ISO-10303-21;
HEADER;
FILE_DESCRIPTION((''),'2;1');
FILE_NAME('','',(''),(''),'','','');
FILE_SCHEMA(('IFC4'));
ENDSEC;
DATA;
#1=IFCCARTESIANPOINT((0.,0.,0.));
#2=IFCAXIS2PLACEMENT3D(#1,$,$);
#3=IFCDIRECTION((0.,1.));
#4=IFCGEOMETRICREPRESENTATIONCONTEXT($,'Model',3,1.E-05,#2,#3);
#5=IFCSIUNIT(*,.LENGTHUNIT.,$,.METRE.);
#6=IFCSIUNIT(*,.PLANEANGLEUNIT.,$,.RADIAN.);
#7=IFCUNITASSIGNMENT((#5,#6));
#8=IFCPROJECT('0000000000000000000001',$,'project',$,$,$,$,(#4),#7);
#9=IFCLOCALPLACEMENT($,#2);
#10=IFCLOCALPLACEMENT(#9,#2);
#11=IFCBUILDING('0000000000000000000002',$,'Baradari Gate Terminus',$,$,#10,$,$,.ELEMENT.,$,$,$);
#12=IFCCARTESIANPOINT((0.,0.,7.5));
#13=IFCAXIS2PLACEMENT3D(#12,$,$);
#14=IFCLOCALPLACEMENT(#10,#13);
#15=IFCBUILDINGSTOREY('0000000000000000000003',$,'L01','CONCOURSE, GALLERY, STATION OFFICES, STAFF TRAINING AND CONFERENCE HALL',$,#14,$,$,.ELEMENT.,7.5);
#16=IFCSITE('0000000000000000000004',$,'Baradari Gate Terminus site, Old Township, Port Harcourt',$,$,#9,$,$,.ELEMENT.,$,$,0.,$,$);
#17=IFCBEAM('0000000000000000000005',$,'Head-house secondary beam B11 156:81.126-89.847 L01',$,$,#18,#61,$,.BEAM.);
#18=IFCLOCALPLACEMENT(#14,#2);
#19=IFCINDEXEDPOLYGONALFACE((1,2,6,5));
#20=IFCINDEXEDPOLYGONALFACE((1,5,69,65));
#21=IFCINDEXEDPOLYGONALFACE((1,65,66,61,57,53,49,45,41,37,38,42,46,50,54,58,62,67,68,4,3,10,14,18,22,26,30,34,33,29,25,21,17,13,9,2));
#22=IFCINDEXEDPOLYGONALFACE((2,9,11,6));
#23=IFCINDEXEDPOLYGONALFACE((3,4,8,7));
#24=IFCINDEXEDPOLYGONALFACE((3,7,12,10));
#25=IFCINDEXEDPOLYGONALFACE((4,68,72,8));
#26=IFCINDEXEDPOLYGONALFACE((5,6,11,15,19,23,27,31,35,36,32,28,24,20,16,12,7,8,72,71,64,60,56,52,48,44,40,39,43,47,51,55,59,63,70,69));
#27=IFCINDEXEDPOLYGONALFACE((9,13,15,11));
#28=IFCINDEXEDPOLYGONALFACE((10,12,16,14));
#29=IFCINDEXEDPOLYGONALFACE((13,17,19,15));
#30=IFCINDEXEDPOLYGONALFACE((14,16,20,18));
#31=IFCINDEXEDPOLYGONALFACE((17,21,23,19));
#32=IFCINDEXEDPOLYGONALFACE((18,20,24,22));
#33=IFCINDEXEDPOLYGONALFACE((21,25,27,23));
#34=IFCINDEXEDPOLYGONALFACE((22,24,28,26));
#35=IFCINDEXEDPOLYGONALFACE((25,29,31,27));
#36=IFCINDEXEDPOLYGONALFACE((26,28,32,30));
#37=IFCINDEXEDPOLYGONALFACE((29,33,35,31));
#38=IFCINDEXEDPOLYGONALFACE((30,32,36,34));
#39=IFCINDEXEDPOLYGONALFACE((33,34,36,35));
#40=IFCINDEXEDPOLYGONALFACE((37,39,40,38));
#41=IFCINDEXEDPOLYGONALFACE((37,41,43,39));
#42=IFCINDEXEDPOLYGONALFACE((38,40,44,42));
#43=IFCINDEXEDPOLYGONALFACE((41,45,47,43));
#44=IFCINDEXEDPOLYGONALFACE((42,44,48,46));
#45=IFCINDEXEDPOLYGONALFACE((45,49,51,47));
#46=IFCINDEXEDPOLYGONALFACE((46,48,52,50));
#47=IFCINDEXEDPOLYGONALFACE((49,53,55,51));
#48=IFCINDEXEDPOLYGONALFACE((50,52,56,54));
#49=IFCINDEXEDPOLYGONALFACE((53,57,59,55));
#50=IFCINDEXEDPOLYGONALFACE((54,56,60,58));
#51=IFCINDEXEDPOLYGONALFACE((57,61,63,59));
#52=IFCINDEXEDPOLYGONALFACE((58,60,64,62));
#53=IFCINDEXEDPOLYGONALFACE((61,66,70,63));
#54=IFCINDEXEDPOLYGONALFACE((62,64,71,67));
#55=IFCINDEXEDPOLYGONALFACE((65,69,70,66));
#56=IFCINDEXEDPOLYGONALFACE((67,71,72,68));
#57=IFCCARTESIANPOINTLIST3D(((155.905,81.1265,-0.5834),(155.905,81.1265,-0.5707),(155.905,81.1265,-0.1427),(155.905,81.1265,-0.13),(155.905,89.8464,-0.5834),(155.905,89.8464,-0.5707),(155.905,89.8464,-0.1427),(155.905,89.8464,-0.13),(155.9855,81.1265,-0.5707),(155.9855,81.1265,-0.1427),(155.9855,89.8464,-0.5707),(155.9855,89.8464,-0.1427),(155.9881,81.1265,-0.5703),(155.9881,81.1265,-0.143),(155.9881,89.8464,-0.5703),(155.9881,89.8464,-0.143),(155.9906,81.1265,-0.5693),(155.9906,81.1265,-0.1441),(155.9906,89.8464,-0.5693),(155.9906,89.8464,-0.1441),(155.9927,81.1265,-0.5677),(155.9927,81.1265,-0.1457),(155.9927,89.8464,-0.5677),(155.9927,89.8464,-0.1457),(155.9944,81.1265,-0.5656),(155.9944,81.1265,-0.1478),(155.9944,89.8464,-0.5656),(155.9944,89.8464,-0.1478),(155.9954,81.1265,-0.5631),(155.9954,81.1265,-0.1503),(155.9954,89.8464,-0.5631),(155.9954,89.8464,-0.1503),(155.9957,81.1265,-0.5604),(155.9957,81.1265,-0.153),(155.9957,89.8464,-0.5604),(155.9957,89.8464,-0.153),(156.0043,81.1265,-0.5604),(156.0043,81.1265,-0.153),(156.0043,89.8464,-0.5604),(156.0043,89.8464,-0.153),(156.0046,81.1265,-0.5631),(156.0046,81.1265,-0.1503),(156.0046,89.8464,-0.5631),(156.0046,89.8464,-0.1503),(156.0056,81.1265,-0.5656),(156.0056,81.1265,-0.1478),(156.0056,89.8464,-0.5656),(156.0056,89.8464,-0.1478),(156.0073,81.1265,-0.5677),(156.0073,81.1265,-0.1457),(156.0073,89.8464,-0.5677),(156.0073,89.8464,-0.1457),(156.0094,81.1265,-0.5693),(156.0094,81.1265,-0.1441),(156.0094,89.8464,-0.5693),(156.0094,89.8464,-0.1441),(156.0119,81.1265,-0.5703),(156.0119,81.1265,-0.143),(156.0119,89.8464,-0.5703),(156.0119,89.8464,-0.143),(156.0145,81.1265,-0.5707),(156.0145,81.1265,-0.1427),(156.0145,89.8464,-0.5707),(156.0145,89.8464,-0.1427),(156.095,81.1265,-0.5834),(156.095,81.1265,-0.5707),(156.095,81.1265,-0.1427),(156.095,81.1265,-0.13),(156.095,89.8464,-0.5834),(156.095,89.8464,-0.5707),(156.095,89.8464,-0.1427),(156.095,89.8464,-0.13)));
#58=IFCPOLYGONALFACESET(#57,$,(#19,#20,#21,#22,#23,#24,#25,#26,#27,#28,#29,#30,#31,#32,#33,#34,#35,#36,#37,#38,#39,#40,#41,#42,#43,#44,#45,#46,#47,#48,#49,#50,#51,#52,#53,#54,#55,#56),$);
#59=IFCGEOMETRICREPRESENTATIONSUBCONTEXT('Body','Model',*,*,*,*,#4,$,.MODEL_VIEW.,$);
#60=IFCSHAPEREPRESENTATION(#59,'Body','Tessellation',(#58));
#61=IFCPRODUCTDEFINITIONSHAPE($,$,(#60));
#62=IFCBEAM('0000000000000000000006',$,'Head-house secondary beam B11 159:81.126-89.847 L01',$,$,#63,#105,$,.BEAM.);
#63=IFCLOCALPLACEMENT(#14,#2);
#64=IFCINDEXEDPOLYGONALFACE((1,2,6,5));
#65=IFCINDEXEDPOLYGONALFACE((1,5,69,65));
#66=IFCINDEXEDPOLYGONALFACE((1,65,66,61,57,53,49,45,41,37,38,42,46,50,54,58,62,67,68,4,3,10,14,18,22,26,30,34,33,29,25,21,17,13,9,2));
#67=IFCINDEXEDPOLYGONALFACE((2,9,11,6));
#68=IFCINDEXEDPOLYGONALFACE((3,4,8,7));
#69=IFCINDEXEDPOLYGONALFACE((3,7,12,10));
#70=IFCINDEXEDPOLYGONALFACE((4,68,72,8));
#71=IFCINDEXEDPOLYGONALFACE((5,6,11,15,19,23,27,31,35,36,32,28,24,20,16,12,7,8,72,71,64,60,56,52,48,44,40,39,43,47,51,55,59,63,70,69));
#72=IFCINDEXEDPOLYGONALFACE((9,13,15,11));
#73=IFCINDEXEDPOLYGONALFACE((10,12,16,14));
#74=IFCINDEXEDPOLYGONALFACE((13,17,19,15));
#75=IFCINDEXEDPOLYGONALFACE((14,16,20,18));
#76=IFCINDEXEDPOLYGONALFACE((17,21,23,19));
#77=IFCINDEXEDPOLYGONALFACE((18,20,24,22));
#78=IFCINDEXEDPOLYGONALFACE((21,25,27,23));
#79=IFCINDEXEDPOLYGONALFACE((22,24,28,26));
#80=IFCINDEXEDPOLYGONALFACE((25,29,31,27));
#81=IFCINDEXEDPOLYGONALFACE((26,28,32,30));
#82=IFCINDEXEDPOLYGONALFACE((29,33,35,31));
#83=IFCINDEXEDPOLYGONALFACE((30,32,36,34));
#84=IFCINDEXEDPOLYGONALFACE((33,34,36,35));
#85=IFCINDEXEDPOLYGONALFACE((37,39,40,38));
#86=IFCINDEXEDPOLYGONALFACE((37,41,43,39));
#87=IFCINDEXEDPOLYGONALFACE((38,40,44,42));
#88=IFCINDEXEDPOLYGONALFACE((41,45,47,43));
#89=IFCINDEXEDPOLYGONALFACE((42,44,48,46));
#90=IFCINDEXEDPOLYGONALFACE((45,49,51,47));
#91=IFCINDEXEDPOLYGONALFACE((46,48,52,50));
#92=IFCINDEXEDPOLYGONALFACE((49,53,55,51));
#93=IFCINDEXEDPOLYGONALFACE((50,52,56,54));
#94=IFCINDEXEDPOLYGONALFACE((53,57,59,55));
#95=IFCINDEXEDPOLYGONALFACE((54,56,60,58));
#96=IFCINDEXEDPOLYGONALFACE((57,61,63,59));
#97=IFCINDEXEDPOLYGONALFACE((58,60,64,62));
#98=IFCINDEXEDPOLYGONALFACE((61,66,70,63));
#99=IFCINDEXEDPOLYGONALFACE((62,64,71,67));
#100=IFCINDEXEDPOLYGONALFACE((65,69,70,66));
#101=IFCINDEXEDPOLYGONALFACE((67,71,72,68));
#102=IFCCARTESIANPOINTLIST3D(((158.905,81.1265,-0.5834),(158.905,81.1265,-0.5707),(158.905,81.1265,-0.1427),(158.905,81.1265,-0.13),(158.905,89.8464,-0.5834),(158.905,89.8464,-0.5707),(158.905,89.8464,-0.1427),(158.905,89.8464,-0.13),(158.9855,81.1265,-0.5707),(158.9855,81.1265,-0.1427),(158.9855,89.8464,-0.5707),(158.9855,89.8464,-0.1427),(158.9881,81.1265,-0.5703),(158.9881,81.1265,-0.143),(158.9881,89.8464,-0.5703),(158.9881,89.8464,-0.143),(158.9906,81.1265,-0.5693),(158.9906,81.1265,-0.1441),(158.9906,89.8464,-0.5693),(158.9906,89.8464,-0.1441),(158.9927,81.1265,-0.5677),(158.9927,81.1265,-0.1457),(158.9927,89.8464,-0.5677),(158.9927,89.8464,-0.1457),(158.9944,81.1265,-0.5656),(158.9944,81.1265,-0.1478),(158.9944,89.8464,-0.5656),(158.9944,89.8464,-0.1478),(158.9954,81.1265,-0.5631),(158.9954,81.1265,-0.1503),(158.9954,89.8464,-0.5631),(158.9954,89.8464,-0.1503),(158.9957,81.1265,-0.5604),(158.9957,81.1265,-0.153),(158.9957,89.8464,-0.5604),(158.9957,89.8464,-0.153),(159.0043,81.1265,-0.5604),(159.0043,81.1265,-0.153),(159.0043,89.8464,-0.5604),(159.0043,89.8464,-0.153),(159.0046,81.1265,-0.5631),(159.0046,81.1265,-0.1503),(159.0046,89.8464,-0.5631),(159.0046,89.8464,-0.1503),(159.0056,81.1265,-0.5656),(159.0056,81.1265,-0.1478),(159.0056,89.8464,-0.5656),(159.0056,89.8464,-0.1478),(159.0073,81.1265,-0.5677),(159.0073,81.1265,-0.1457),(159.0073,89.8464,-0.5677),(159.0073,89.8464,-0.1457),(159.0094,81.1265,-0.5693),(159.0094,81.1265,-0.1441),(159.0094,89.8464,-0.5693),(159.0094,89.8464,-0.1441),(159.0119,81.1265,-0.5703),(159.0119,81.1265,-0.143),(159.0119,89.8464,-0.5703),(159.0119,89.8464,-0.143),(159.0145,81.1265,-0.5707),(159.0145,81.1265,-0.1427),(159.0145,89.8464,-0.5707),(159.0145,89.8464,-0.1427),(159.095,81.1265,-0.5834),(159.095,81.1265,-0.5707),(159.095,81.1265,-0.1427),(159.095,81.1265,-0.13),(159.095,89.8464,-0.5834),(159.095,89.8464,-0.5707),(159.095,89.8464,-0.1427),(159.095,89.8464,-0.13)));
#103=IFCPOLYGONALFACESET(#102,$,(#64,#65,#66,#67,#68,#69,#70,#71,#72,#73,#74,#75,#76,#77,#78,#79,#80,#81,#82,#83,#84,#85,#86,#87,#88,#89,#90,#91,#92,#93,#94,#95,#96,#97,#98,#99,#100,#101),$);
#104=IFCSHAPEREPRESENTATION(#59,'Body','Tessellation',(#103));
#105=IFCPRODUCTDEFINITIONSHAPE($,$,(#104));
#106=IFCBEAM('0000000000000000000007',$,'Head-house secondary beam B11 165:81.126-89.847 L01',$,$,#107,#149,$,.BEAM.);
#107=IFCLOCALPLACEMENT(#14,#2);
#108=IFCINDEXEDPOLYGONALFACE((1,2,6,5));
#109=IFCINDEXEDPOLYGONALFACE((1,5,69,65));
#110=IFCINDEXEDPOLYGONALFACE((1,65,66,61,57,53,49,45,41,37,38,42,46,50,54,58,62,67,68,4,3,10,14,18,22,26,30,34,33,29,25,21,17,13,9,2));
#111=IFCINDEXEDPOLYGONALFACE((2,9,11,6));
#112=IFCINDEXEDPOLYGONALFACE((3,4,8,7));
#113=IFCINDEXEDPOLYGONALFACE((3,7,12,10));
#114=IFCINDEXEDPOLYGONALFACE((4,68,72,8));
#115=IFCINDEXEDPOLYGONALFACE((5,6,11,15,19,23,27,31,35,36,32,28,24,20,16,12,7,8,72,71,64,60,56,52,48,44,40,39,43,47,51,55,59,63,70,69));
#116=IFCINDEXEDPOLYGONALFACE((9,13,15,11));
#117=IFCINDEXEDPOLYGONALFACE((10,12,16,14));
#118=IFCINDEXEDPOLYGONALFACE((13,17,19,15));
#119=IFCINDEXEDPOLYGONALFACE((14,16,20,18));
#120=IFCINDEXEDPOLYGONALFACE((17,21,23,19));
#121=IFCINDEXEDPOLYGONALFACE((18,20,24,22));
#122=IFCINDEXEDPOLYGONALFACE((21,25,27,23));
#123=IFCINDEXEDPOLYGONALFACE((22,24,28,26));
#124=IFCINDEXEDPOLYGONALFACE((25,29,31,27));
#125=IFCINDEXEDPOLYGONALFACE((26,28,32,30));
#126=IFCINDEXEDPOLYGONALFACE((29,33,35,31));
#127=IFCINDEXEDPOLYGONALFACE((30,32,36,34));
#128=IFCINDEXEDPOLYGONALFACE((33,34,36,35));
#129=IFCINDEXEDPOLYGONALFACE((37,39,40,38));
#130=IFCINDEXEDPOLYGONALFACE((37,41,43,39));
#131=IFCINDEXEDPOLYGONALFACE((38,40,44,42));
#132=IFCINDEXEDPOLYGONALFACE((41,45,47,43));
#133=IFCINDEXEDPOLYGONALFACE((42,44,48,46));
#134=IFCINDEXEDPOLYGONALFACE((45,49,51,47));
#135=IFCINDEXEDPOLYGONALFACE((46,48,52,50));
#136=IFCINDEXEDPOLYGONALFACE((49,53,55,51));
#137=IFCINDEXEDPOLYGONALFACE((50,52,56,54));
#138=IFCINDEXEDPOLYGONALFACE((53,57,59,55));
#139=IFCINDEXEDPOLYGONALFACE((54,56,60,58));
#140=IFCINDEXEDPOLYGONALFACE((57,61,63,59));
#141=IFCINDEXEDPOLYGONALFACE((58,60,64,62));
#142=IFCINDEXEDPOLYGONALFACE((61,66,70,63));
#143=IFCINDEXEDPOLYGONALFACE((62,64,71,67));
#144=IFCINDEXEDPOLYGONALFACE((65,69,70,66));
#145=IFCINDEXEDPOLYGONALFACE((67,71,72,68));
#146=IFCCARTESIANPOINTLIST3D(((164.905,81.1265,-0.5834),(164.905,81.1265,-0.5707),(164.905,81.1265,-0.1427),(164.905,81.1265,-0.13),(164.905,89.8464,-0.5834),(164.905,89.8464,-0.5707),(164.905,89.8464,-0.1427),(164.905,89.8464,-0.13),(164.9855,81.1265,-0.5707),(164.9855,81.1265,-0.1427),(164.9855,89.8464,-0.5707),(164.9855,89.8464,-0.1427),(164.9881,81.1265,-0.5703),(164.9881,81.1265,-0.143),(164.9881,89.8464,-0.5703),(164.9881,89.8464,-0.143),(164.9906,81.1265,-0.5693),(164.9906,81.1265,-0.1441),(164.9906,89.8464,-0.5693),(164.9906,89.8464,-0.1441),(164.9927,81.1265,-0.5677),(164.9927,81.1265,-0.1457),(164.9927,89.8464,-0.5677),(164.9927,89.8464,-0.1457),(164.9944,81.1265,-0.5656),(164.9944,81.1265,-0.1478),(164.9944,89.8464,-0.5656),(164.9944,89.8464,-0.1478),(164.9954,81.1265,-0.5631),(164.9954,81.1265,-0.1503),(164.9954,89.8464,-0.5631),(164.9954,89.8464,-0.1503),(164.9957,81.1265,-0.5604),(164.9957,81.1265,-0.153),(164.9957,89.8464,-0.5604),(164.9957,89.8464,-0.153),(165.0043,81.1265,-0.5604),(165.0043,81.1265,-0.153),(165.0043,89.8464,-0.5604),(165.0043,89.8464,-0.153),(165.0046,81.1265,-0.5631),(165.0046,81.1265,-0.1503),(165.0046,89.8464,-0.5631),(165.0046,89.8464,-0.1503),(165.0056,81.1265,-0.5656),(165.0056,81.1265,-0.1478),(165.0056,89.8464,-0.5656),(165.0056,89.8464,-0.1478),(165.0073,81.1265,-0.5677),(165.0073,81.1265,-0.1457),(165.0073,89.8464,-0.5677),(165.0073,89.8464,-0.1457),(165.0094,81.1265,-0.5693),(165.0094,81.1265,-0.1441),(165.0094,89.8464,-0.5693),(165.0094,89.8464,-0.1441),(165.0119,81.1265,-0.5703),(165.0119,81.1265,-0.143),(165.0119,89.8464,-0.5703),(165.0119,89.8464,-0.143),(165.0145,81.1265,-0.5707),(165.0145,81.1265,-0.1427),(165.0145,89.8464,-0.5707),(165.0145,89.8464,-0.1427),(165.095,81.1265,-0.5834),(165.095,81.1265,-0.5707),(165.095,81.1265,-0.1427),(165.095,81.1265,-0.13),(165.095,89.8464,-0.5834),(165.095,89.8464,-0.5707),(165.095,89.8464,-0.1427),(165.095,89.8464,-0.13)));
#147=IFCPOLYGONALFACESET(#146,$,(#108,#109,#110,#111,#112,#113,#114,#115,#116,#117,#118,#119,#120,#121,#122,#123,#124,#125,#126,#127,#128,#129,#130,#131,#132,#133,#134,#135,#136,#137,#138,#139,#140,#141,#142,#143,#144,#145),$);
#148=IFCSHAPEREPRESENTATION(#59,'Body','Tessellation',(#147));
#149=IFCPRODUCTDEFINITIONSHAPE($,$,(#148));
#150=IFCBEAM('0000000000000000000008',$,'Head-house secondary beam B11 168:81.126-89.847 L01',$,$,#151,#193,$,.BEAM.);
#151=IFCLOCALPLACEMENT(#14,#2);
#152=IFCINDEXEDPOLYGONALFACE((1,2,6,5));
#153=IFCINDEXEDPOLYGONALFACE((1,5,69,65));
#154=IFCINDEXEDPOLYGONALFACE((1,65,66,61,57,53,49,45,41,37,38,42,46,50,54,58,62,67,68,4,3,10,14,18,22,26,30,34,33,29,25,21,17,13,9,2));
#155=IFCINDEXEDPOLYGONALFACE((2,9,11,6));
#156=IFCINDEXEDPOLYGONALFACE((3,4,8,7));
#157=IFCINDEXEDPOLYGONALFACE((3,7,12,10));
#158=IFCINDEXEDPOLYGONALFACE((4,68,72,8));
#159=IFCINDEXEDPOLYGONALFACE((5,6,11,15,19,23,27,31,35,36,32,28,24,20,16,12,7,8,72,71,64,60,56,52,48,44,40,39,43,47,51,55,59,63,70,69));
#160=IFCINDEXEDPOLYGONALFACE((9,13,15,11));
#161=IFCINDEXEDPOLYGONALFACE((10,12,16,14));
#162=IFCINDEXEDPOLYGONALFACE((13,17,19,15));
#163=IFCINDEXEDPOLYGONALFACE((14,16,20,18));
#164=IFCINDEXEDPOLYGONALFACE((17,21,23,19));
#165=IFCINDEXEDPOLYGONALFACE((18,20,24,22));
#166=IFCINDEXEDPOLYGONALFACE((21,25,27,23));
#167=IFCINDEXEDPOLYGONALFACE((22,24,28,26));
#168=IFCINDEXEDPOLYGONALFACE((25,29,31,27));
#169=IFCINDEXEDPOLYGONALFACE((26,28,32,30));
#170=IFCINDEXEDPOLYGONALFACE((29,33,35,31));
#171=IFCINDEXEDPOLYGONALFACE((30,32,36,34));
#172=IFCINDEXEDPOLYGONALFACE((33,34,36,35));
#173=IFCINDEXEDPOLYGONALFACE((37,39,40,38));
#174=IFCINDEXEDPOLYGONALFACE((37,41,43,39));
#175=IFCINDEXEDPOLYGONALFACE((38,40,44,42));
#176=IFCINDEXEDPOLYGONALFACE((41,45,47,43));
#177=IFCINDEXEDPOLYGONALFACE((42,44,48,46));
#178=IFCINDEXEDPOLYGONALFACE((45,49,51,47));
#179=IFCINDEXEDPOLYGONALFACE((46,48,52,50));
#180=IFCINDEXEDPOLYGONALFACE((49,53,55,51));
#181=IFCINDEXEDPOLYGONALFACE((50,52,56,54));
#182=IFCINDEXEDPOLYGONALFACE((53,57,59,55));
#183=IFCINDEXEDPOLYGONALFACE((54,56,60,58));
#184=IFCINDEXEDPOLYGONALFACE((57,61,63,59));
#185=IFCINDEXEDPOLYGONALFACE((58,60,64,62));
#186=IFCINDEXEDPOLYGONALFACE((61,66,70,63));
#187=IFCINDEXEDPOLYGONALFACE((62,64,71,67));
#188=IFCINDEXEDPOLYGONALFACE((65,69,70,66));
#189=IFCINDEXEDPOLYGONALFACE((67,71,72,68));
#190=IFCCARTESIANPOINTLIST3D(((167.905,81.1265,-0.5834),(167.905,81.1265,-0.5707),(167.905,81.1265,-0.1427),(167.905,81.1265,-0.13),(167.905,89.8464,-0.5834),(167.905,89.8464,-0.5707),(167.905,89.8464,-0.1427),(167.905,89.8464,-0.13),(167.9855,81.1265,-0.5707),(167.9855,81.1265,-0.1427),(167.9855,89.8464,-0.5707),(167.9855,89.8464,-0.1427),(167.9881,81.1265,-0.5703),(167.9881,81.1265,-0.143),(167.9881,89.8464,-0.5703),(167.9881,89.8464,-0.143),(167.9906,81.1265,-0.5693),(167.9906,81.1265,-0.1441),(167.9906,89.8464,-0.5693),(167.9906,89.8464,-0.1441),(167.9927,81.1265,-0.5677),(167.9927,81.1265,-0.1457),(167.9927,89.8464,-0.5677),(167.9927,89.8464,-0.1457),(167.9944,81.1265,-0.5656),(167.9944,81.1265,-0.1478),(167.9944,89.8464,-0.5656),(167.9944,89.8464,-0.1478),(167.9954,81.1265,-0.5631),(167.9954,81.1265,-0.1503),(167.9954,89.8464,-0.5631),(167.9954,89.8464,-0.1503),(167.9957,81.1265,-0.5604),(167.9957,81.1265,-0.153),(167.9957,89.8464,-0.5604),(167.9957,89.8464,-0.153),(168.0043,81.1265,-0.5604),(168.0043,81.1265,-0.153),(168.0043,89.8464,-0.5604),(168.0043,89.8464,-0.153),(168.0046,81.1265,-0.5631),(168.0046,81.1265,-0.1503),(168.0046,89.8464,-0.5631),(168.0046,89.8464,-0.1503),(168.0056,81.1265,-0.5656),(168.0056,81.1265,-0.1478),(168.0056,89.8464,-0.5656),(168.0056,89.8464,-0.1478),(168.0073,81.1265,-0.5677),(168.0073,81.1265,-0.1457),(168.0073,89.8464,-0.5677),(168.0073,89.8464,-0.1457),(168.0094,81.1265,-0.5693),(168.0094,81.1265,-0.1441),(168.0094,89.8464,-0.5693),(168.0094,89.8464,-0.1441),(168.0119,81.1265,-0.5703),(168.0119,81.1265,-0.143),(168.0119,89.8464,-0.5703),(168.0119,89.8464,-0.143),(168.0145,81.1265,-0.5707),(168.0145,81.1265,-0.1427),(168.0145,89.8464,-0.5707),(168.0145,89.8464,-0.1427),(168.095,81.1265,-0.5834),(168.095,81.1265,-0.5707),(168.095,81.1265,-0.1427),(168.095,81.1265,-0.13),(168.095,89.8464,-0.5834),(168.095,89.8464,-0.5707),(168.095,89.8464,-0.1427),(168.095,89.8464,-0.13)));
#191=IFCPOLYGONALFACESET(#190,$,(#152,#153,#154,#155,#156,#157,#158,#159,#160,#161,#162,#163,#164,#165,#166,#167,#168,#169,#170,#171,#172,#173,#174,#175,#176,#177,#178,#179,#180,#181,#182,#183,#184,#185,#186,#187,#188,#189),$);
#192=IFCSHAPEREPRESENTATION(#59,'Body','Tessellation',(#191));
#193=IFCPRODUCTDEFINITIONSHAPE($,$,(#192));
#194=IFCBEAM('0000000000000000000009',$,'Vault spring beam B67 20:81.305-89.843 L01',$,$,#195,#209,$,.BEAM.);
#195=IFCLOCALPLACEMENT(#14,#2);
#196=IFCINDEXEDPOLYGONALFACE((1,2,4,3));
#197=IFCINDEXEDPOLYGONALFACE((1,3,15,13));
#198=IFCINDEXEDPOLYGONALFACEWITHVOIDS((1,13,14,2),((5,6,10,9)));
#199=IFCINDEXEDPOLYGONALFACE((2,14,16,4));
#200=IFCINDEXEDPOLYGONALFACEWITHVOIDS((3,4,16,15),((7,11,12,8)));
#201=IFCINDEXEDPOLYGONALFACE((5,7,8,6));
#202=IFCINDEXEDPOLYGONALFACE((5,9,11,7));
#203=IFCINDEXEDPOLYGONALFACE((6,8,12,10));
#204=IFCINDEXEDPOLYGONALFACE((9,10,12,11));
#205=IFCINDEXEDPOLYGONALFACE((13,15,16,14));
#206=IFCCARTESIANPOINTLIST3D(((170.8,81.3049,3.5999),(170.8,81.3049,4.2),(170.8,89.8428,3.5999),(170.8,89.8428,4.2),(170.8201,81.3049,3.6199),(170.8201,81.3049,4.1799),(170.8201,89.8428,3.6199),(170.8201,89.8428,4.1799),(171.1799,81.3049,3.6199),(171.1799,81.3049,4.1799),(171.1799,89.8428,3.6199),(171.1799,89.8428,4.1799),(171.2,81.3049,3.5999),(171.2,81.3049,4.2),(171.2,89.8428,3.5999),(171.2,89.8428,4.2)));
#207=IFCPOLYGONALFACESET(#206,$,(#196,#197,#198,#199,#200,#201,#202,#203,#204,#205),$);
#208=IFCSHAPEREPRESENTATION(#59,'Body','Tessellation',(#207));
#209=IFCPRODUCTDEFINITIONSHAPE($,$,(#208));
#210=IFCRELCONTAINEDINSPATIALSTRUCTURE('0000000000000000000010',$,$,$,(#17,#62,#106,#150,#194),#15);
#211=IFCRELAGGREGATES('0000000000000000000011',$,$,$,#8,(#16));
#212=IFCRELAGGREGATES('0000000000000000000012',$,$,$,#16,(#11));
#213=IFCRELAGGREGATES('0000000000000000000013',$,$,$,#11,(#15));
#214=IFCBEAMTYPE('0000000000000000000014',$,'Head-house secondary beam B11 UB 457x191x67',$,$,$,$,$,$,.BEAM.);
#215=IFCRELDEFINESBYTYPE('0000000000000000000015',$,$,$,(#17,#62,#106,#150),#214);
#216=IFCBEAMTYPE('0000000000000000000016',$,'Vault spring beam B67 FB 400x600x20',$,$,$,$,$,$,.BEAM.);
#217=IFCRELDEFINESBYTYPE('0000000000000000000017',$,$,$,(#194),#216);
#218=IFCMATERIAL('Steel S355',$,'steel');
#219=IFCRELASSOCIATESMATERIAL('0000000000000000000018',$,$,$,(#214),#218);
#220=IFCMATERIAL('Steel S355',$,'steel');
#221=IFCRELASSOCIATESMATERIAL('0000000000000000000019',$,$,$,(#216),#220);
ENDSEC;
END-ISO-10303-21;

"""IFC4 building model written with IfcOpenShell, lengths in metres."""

from ifc_helpers import new_model, si_unit, direction, frame, origin, origin_2d, place, context, subcontext, project, spatial, hollow_rectangle, i_section, extrude, material, material_profile, profile_set, type_object, element, save


model = new_model("IFC4")

# Units and contexts
model_context = context("Model", 3, precision=1e-05, world=origin(), true_north=direction((0.0, 1.0)))
body_context = subcontext(model_context, "Body", "Model", "MODEL_VIEW")
ifc_project = project(units=[si_unit("LENGTHUNIT", "METRE"), si_unit("PLANEANGLEUNIT", "RADIAN")], contexts=[model_context])

# Site, building, storey
site_placement = place(None, origin())
site = spatial("IfcSite", under=ifc_project, at=site_placement, Name="Baradari Gate Terminus site, Old Township, Port Harcourt", CompositionType="ELEMENT", RefElevation=0.0)
building_placement = place(site_placement, origin())
building = spatial("IfcBuilding", under=site, at=building_placement, Name="Baradari Gate Terminus", CompositionType="ELEMENT")
storey_placement = place(building_placement, frame((0.0, 0.0, 7.5)))
storey = spatial("IfcBuildingStorey", under=building, at=storey_placement, Name="L01", Description="CONCOURSE, GALLERY, STATION OFFICES, STAFF TRAINING AND CONFERENCE HALL", CompositionType="ELEMENT", Elevation=7.5)

# Beams
ifc_material_1 = material(Name="Steel S355", Category="steel")
ifc_material_profile_1 = material_profile(ifc_material_1, i_section(OverallWidth=0.1899, OverallDepth=0.4534, WebThickness=0.0085, FlangeThickness=0.0127, FilletRadius=0.0103, at=origin_2d()), Name="UB 457x191x67")
ifc_profile_set_1 = profile_set([ifc_material_profile_1], Name="Steel S355")
beam_type_1 = type_object("IfcBeamType", Name="Head-house secondary beam B11 UB 457x191x67", PredefinedType="BEAM", material=ifc_profile_set_1)
for number, where, z_axis, x_axis, name in (
    (1, (156.0, 81.1265, -0.3567), (0.0, 1.0, 0.0), (-1.0, 0.0, 0.0), "Head-house secondary beam B11 156:81.126-89.847 L01"),
    (2, (159.0, 81.1265, -0.3567), (0.0, 1.0, 0.0), (-1.0, 0.0, 0.0), "Head-house secondary beam B11 159:81.126-89.847 L01"),
    (3, (165.0, 81.1265, -0.3567), (0.0, 1.0, 0.0), (-1.0, 0.0, 0.0), "Head-house secondary beam B11 165:81.126-89.847 L01"),
    (4, (168.0, 81.1265, -0.3567), (0.0, 1.0, 0.0), (-1.0, 0.0, 0.0), "Head-house secondary beam B11 168:81.126-89.847 L01"),
):
    element("IfcBeam", number, at=place(storey_placement, frame(where, z_axis=z_axis, x_axis=x_axis)), inside=storey, type_object=beam_type_1, Name=name, PredefinedType="BEAM", context=body_context, shape_type="SweptSolid", body=[
        extrude(i_section(OverallWidth=0.1899, OverallDepth=0.4534, WebThickness=0.0085, FlangeThickness=0.0127, FilletRadius=0.0103, at=origin_2d()), origin(), (0.0, 0.0, 1.0), 8.72),
    ])
ifc_material_2 = material(Name="Steel S355", Category="steel")
ifc_material_profile_2 = material_profile(ifc_material_2, hollow_rectangle(XDim=0.3999, YDim=0.6001, WallThickness=0.02, at=origin_2d()), Name="FB 400x600x20")
ifc_profile_set_2 = profile_set([ifc_material_profile_2], Name="Steel S355")
beam_type_2 = type_object("IfcBeamType", Name="Vault spring beam B67 FB 400x600x20", PredefinedType="BEAM", material=ifc_profile_set_2)
beam_1_placement = place(storey_placement, frame((171.0, 81.3049, 3.8999), z_axis=(0.0, 1.0, 0.0), x_axis=(-1.0, 0.0, 0.0)))
element("IfcBeam", 5, at=beam_1_placement, inside=storey, type_object=beam_type_2, Name="Vault spring beam B67 20:81.305-89.843 L01", PredefinedType="BEAM", context=body_context, shape_type="SweptSolid", body=[
    extrude(hollow_rectangle(XDim=0.3999, YDim=0.6001, WallThickness=0.02, at=origin_2d()), origin(), (0.0, 0.0, 1.0), 8.5378),
])

save(model, "model.ifc")
